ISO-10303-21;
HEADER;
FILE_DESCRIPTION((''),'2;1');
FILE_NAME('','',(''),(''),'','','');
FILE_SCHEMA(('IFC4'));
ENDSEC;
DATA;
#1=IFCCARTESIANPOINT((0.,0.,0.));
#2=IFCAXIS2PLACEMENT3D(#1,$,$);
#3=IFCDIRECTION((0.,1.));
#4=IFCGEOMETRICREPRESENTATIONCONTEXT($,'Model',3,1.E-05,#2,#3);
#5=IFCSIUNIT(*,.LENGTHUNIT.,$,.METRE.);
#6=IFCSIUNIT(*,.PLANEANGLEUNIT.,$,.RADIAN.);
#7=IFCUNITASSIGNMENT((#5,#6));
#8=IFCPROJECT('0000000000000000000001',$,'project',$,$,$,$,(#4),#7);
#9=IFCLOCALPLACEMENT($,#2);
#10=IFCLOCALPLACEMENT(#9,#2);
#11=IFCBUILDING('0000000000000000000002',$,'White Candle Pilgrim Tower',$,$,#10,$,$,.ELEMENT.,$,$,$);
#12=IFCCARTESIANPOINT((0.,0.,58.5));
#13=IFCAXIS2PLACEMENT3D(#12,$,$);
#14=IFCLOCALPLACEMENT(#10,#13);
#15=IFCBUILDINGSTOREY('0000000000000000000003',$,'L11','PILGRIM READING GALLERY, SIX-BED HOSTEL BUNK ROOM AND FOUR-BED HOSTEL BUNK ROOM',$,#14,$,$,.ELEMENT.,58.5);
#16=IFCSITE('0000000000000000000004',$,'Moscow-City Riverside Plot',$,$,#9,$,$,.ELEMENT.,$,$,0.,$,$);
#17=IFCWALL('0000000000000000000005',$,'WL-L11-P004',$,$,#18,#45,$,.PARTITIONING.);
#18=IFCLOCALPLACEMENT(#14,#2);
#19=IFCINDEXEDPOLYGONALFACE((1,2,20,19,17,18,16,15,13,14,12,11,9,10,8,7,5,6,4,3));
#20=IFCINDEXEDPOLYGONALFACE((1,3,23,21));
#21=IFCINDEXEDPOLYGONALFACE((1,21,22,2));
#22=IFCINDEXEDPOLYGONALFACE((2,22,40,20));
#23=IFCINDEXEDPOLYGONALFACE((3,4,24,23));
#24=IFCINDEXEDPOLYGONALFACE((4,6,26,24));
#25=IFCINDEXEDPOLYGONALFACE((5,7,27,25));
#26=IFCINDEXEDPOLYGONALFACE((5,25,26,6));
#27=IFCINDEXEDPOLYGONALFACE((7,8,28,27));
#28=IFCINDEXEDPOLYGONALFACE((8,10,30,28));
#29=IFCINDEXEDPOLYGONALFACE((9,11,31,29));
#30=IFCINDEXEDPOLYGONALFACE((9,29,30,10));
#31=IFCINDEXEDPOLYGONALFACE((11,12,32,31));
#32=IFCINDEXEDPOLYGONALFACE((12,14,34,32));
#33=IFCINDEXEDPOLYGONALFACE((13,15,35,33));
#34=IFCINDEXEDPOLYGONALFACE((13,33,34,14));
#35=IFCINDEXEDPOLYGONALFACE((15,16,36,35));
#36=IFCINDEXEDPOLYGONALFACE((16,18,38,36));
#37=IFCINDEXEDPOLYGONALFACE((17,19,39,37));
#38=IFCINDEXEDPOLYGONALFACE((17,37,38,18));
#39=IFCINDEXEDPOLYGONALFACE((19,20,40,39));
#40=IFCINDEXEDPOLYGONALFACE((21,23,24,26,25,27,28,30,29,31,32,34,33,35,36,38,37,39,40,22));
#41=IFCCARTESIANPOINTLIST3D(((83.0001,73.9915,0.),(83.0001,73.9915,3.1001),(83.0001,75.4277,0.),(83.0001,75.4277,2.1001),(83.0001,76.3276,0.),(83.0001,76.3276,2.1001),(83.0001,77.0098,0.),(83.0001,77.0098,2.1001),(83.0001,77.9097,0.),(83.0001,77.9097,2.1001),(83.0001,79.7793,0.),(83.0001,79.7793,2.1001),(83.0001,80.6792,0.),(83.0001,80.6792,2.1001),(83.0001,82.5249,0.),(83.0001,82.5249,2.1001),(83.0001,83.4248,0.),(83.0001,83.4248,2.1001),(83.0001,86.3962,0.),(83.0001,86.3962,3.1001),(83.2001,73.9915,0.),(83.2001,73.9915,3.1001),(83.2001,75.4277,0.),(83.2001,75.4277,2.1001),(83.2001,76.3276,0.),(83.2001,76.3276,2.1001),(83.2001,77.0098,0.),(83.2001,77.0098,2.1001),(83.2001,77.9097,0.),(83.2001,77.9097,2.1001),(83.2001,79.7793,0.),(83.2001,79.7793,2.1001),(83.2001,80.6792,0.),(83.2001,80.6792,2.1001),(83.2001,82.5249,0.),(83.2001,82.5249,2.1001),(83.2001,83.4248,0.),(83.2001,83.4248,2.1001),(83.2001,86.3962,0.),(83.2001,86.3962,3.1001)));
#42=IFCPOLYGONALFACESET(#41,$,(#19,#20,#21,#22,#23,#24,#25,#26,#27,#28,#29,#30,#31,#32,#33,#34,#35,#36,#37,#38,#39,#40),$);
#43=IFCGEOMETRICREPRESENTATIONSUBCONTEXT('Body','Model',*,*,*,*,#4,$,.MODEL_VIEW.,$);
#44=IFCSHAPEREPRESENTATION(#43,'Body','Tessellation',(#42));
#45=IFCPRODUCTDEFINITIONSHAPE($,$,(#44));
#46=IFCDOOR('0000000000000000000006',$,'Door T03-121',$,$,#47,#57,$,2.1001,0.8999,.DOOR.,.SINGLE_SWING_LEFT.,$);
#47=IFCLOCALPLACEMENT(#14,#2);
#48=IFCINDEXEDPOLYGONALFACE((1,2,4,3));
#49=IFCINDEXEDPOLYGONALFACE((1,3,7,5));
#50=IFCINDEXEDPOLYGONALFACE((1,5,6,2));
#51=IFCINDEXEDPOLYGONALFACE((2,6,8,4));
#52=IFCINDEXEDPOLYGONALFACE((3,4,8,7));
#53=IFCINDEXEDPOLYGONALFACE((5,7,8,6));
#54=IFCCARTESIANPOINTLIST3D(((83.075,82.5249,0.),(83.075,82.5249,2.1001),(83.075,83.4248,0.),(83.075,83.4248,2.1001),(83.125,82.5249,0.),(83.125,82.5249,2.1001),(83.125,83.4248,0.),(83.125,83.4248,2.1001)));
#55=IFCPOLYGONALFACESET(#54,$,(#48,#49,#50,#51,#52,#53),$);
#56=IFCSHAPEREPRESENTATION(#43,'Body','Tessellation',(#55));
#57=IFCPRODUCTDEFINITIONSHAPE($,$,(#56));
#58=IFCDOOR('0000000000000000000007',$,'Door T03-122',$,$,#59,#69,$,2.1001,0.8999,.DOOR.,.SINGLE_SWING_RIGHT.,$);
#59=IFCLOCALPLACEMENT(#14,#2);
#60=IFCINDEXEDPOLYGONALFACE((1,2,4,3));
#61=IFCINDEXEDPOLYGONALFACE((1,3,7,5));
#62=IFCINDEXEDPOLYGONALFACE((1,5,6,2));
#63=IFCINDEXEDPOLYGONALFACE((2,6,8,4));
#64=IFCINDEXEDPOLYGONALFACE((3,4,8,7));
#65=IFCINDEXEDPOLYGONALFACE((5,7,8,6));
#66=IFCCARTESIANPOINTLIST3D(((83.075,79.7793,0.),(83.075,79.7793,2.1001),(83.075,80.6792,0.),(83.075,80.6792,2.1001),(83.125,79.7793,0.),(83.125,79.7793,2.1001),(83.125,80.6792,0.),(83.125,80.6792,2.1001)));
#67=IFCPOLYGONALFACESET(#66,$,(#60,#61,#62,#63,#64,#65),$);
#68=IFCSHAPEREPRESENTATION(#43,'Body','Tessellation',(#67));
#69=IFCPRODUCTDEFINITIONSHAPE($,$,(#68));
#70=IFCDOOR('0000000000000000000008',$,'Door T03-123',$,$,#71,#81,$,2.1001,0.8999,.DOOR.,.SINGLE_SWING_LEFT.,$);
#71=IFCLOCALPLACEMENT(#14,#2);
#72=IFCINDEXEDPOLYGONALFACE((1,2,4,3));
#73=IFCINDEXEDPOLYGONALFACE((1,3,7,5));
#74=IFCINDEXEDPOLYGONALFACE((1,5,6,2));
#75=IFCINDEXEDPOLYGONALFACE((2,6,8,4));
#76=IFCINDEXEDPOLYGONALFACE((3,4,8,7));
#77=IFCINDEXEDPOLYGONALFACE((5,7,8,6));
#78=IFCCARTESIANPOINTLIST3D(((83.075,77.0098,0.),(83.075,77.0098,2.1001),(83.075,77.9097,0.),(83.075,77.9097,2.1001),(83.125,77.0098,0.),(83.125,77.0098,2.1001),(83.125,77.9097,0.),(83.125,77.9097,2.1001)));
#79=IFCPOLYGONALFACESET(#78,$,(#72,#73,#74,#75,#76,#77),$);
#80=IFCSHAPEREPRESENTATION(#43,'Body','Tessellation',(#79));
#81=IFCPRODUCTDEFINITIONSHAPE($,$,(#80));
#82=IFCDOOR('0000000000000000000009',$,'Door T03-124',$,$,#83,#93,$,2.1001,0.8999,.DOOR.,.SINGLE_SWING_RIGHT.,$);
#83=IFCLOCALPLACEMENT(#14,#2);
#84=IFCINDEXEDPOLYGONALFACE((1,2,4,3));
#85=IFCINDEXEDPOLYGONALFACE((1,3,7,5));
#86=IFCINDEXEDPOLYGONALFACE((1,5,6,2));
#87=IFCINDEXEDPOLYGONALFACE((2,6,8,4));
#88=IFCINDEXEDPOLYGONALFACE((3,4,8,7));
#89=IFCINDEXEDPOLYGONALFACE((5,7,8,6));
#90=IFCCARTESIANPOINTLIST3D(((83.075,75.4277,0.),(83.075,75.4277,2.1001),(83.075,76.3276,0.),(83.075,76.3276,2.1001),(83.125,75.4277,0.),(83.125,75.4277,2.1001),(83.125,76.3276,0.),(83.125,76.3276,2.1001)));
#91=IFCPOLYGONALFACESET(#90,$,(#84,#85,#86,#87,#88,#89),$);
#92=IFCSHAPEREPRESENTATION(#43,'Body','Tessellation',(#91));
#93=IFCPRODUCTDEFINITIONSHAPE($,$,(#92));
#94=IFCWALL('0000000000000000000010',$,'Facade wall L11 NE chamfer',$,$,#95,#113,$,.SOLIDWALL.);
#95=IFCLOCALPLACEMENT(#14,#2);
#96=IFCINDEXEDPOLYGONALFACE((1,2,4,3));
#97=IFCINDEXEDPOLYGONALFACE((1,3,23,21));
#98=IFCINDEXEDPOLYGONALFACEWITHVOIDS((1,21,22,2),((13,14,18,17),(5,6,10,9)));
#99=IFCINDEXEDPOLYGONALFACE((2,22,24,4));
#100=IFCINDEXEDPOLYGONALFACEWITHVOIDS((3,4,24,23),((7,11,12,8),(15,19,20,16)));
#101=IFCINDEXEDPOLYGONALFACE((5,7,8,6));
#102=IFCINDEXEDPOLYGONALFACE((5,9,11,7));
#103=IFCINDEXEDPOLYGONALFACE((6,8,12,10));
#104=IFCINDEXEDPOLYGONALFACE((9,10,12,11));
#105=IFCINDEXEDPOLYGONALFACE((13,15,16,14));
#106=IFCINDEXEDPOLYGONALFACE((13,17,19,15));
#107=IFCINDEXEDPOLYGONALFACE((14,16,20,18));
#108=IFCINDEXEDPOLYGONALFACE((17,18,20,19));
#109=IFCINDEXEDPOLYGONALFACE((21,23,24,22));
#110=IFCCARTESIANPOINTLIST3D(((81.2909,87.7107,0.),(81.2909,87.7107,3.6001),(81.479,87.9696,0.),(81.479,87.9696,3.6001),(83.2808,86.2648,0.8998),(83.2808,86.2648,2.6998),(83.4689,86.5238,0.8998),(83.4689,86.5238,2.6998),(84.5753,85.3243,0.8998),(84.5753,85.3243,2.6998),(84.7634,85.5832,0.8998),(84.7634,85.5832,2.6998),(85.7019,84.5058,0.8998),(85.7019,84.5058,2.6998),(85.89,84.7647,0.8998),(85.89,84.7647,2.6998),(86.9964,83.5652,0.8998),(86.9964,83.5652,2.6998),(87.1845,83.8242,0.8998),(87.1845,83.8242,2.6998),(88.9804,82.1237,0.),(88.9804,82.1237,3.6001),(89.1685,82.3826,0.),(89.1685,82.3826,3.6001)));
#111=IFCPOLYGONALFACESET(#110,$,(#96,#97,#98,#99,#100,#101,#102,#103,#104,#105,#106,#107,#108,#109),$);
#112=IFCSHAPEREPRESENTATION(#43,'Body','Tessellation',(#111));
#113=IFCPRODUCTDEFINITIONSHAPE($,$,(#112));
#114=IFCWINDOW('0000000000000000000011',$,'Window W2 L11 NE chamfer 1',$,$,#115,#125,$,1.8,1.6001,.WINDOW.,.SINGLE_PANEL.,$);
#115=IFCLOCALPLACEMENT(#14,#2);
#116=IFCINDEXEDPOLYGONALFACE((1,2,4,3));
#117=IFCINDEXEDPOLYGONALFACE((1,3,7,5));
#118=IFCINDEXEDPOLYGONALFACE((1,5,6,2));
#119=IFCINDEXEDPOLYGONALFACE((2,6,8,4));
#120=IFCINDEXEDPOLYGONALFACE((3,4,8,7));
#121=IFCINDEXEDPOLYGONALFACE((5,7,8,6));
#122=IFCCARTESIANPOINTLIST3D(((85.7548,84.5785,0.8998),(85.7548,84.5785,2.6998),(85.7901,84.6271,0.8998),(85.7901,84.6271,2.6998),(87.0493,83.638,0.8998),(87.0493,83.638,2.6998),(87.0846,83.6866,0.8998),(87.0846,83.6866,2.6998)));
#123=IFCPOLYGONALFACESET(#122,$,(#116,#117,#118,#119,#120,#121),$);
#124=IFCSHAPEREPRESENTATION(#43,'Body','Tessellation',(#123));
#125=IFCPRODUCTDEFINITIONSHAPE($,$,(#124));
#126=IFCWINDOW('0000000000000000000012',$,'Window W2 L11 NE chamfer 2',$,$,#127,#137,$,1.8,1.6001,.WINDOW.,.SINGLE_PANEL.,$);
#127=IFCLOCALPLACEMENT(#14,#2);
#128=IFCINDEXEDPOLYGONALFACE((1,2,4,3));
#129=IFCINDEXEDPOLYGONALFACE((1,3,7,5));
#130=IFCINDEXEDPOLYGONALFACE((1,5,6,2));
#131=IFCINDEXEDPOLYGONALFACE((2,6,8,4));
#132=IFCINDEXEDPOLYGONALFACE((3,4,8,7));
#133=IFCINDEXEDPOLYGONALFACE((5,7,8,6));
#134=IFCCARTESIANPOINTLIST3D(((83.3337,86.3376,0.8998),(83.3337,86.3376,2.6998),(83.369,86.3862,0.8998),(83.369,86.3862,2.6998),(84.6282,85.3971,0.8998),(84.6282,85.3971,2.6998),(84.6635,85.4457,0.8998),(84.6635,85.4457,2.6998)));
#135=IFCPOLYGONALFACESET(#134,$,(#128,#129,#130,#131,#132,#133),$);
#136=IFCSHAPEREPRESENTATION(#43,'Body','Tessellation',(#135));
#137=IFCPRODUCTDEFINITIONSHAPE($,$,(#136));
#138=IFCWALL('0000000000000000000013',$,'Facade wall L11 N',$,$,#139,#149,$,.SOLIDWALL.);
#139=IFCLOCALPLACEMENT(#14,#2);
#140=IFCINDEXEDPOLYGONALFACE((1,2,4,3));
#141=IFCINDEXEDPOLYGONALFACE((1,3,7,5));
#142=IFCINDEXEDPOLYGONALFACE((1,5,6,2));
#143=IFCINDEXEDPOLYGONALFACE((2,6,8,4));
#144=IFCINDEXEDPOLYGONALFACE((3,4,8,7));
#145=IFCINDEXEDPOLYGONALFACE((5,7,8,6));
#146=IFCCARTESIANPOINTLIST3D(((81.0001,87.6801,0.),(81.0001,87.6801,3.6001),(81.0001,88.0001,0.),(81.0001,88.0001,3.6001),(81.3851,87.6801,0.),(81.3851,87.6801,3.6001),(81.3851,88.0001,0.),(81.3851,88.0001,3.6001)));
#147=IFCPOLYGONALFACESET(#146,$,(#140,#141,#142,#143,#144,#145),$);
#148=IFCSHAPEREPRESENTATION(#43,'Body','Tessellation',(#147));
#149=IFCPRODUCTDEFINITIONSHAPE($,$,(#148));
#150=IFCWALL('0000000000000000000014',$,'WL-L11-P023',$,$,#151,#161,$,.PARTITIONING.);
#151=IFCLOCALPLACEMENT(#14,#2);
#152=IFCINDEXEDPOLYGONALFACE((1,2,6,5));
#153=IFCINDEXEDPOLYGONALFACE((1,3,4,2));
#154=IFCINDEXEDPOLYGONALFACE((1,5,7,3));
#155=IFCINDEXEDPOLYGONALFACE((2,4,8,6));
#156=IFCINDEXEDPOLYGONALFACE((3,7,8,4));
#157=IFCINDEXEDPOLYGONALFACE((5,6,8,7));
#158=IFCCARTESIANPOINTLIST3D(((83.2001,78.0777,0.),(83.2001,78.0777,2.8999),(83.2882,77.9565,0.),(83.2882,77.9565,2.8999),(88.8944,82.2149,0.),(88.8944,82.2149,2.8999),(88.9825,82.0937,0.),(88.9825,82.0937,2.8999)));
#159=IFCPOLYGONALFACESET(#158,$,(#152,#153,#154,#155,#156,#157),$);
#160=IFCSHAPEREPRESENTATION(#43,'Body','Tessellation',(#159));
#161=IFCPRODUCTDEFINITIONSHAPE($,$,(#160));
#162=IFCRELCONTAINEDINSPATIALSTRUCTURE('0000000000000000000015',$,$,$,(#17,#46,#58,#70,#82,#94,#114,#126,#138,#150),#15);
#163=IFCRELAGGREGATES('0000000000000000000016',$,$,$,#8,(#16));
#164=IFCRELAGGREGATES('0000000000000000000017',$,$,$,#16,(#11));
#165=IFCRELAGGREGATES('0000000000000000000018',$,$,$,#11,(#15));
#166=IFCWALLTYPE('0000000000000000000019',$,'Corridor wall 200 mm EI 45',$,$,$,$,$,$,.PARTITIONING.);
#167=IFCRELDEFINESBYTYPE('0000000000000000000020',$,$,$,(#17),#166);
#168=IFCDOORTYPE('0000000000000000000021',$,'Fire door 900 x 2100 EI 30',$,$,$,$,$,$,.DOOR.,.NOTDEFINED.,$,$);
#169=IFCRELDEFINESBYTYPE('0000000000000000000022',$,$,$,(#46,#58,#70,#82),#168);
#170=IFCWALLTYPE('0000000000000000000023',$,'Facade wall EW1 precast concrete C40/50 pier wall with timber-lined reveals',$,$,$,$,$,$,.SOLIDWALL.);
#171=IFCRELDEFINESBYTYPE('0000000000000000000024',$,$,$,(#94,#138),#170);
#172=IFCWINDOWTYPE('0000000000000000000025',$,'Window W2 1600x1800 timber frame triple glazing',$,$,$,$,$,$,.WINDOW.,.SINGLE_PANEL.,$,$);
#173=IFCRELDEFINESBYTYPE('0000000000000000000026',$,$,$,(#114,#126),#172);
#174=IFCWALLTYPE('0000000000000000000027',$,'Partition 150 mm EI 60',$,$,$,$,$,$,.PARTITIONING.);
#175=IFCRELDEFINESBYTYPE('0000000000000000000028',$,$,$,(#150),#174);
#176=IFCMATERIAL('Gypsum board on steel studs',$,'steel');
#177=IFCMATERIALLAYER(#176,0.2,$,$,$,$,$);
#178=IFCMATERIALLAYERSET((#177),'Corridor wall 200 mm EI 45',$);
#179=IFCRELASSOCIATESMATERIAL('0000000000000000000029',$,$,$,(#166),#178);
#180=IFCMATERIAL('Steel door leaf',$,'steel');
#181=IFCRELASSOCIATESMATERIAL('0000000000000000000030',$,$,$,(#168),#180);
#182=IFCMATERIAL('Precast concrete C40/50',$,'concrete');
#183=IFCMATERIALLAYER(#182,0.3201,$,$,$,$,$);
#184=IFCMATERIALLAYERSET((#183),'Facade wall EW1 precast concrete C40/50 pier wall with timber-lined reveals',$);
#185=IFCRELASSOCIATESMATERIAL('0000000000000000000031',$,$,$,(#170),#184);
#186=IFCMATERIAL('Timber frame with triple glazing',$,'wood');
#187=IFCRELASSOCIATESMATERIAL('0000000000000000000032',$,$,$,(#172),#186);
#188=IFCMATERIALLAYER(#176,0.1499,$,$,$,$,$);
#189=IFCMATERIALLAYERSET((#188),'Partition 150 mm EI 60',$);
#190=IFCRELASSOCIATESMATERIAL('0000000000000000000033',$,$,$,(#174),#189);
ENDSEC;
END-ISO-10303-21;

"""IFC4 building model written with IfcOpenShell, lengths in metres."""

from ifc_helpers import new_model, si_unit, direction, frame, frame_2d, origin, place, context, subcontext, project, spatial, rectangle, extrude, material, layer, layer_set, type_object, element, fill, save


model = new_model("IFC4")

# Units and contexts
model_context = context("Model", 3, precision=1e-05, world=origin(), true_north=direction((0.0, 1.0)))
body_context = subcontext(model_context, "Body", "Model", "MODEL_VIEW")
ifc_project = project(units=[si_unit("LENGTHUNIT", "METRE"), si_unit("PLANEANGLEUNIT", "RADIAN")], contexts=[model_context])

# Site, building, storey
site_placement = place(None, origin())
site = spatial("IfcSite", under=ifc_project, at=site_placement, Name="Moscow-City Riverside Plot", CompositionType="ELEMENT", RefElevation=0.0)
building_placement = place(site_placement, origin())
building = spatial("IfcBuilding", under=site, at=building_placement, Name="White Candle Pilgrim Tower", CompositionType="ELEMENT")
storey_placement = place(building_placement, frame((0.0, 0.0, 58.5)))
storey = spatial("IfcBuildingStorey", under=building, at=storey_placement, Name="L11", Description="PILGRIM READING GALLERY, SIX-BED HOSTEL BUNK ROOM AND FOUR-BED HOSTEL BUNK ROOM", CompositionType="ELEMENT", Elevation=58.5)

# Shared definitions
ifc_material_1 = material(Name="Steel door leaf", Category="steel")

# Wall, openings, doors
ifc_material_2 = material(Name="Gypsum board on steel studs", Category="steel")
ifc_layer_1 = layer(ifc_material_2, 0.2)
ifc_layer_set_1 = layer_set([ifc_layer_1], Name="Corridor wall 200 mm EI 45")
wall_type_1 = type_object("IfcWallType", Name="Corridor wall 200 mm EI 45", PredefinedType="PARTITIONING", material=ifc_layer_set_1)
wall_1_placement = place(storey_placement, frame((83.1001, 86.3962, 0.0), z_axis=(0.0, 0.0, 1.0), x_axis=(0.0, -1.0, 0.0)))
wall_1 = element("IfcWall", 1, at=wall_1_placement, inside=storey, type_object=wall_type_1, Name="WL-L11-P004", PredefinedType="PARTITIONING", context=body_context, shape_type="SweptSolid", body=[
    extrude(rectangle(XDim=12.4048, YDim=0.2, at=frame_2d((6.2024, 0.0))), origin(), (0.0, 0.0, 1.0), 3.1001),
])
opening_1_placement = place(wall_1_placement, frame((2.9714, 0.0, 0.0)))
opening_1 = element("IfcOpeningElement", 2, at=opening_1_placement, cuts=wall_1, PredefinedType="OPENING", context=body_context, shape_type="SweptSolid", body=[
    extrude(rectangle(XDim=0.8999, YDim=2.1001, at=frame_2d((0.45, 1.05))), frame((0.0, 0.1099, 0.0), z_axis=(0.0, -1.0, 0.0), x_axis=(1.0, 0.0, 0.0)), (0.0, 0.0, 1.0), 0.22),
])
opening_2_placement = place(wall_1_placement, frame((5.717, 0.0, 0.0)))
opening_2 = element("IfcOpeningElement", 3, at=opening_2_placement, cuts=wall_1, PredefinedType="OPENING", context=body_context, shape_type="SweptSolid", body=[
    extrude(rectangle(XDim=0.8999, YDim=2.1001, at=frame_2d((0.45, 1.05))), frame((0.0, 0.1099, 0.0), z_axis=(0.0, -1.0, 0.0), x_axis=(1.0, 0.0, 0.0)), (0.0, 0.0, 1.0), 0.22),
])
opening_3_placement = place(wall_1_placement, frame((8.4866, 0.0, 0.0)))
opening_3 = element("IfcOpeningElement", 4, at=opening_3_placement, cuts=wall_1, PredefinedType="OPENING", context=body_context, shape_type="SweptSolid", body=[
    extrude(rectangle(XDim=0.8999, YDim=2.1001, at=frame_2d((0.45, 1.05))), frame((0.0, 0.1099, 0.0), z_axis=(0.0, -1.0, 0.0), x_axis=(1.0, 0.0, 0.0)), (0.0, 0.0, 1.0), 0.22),
])
opening_4_placement = place(wall_1_placement, frame((10.0686, 0.0, 0.0)))
opening_4 = element("IfcOpeningElement", 5, at=opening_4_placement, cuts=wall_1, PredefinedType="OPENING", context=body_context, shape_type="SweptSolid", body=[
    extrude(rectangle(XDim=0.8999, YDim=2.1001, at=frame_2d((0.45, 1.05))), frame((0.0, 0.1099, 0.0), z_axis=(0.0, -1.0, 0.0), x_axis=(1.0, 0.0, 0.0)), (0.0, 0.0, 1.0), 0.22),
])
door_type_1 = type_object("IfcDoorType", Name="Fire door 900 x 2100 EI 30", OperationType="NOTDEFINED", PredefinedType="DOOR", material=ifc_material_1)
door_1_placement = place(opening_1_placement, origin())
door_1 = element("IfcDoor", 6, at=door_1_placement, inside=storey, type_object=door_type_1, Name="Door T03-121", OperationType="SINGLE_SWING_LEFT", OverallHeight=2.1001, OverallWidth=0.8999, PredefinedType="DOOR", context=body_context, shape_type="SweptSolid", body=[
    extrude(rectangle(XDim=0.8999, YDim=2.1001, at=frame_2d((0.45, 1.05))), frame((0.0, 0.0249, 0.0), z_axis=(0.0, -1.0, 0.0), x_axis=(1.0, 0.0, 0.0)), (0.0, 0.0, 1.0), 0.05),
])
fill(opening_1, door_1)
door_2_placement = place(opening_2_placement, origin())
door_2 = element("IfcDoor", 7, at=door_2_placement, inside=storey, type_object=door_type_1, Name="Door T03-122", OperationType="SINGLE_SWING_RIGHT", OverallHeight=2.1001, OverallWidth=0.8999, PredefinedType="DOOR", context=body_context, shape_type="SweptSolid", body=[
    extrude(rectangle(XDim=0.8999, YDim=2.1001, at=frame_2d((0.45, 1.05))), frame((0.0, 0.0249, 0.0), z_axis=(0.0, -1.0, 0.0), x_axis=(1.0, 0.0, 0.0)), (0.0, 0.0, 1.0), 0.05),
])
fill(opening_2, door_2)
door_3_placement = place(opening_3_placement, origin())
door_3 = element("IfcDoor", 8, at=door_3_placement, inside=storey, type_object=door_type_1, Name="Door T03-123", OperationType="SINGLE_SWING_LEFT", OverallHeight=2.1001, OverallWidth=0.8999, PredefinedType="DOOR", context=body_context, shape_type="SweptSolid", body=[
    extrude(rectangle(XDim=0.8999, YDim=2.1001, at=frame_2d((0.45, 1.05))), frame((0.0, 0.0249, 0.0), z_axis=(0.0, -1.0, 0.0), x_axis=(1.0, 0.0, 0.0)), (0.0, 0.0, 1.0), 0.05),
])
fill(opening_3, door_3)
door_4_placement = place(opening_4_placement, origin())
door_4 = element("IfcDoor", 9, at=door_4_placement, inside=storey, type_object=door_type_1, Name="Door T03-124", OperationType="SINGLE_SWING_RIGHT", OverallHeight=2.1001, OverallWidth=0.8999, PredefinedType="DOOR", context=body_context, shape_type="SweptSolid", body=[
    extrude(rectangle(XDim=0.8999, YDim=2.1001, at=frame_2d((0.45, 1.05))), frame((0.0, 0.0249, 0.0), z_axis=(0.0, -1.0, 0.0), x_axis=(1.0, 0.0, 0.0)), (0.0, 0.0, 1.0), 0.05),
])
fill(opening_4, door_4)

# Wall, openings, windows
ifc_material_3 = material(Name="Precast concrete C40/50", Category="concrete")
ifc_layer_2 = layer(ifc_material_3, 0.3201)
ifc_layer_set_2 = layer_set([ifc_layer_2], Name="Facade wall EW1 precast concrete C40/50 pier wall with timber-lined reveals")
wall_type_2 = type_object("IfcWallType", Name="Facade wall EW1 precast concrete C40/50 pier wall with timber-lined reveals", PredefinedType="SOLIDWALL", material=ifc_layer_set_2)
wall_2_placement = place(storey_placement, frame((89.0745, 82.2532, 0.0), z_axis=(0.0, 0.0, 1.0), x_axis=(-0.809007, 0.587799, 0.0)))
wall_2 = element("IfcWall", 10, at=wall_2_placement, inside=storey, type_object=wall_type_2, Name="Facade wall L11 NE chamfer", PredefinedType="SOLIDWALL", context=body_context, shape_type="SweptSolid", body=[
    extrude(rectangle(XDim=9.5049, YDim=0.3201, at=frame_2d((4.7524, 0.0))), origin(), (0.0, 0.0, 1.0), 3.6001),
])
opening_5_placement = place(wall_2_placement, frame((2.4524, 0.0, 0.8999)))
opening_5 = element("IfcOpeningElement", 11, at=opening_5_placement, cuts=wall_2, PredefinedType="OPENING", context=body_context, shape_type="SweptSolid", body=[
    extrude(rectangle(XDim=1.6001, YDim=1.8, at=frame_2d((0.8, 0.8999))), frame((0.0, 0.1699, 0.0), z_axis=(0.0, -1.0, 0.0), x_axis=(1.0, 0.0, 0.0)), (0.0, 0.0, 1.0), 0.3401),
])
opening_6_placement = place(wall_2_placement, frame((5.4451, 0.0, 0.8999)))
opening_6 = element("IfcOpeningElement", 12, at=opening_6_placement, cuts=wall_2, PredefinedType="OPENING", context=body_context, shape_type="SweptSolid", body=[
    extrude(rectangle(XDim=1.6001, YDim=1.8, at=frame_2d((0.8, 0.8999))), frame((0.0, 0.1699, 0.0), z_axis=(0.0, -1.0, 0.0), x_axis=(1.0, 0.0, 0.0)), (0.0, 0.0, 1.0), 0.3401),
])
ifc_material_4 = material(Name="Timber frame with triple glazing", Category="wood")
window_type = type_object("IfcWindowType", Name="Window W2 1600x1800 timber frame triple glazing", PartitioningType="SINGLE_PANEL", PredefinedType="WINDOW", material=ifc_material_4)
window_1_placement = place(opening_5_placement, origin())
window_1 = element("IfcWindow", 13, at=window_1_placement, inside=storey, type_object=window_type, Name="Window W2 L11 NE chamfer 1", OverallHeight=1.8, OverallWidth=1.6001, PartitioningType="SINGLE_PANEL", PredefinedType="WINDOW", context=body_context, shape_type="SweptSolid", body=[
    extrude(rectangle(XDim=1.6001, YDim=1.8, at=frame_2d((0.8, 0.8999))), frame((0.0, 0.0701, 0.0), z_axis=(0.0, -1.0, 0.0), x_axis=(1.0, 0.0, 0.0)), (0.0, 0.0, 1.0), 0.0601),
])
fill(opening_5, window_1)
window_2_placement = place(opening_6_placement, origin())
window_2 = element("IfcWindow", 14, at=window_2_placement, inside=storey, type_object=window_type, Name="Window W2 L11 NE chamfer 2", OverallHeight=1.8, OverallWidth=1.6001, PartitioningType="SINGLE_PANEL", PredefinedType="WINDOW", context=body_context, shape_type="SweptSolid", body=[
    extrude(rectangle(XDim=1.6001, YDim=1.8, at=frame_2d((0.8, 0.8999))), frame((0.0, 0.0701, 0.0), z_axis=(0.0, -1.0, 0.0), x_axis=(1.0, 0.0, 0.0)), (0.0, 0.0, 1.0), 0.0601),
])
fill(opening_6, window_2)

# Walls
wall_3_placement = place(storey_placement, frame((81.385, 87.8401, 0.0), z_axis=(0.0, 0.0, 1.0), x_axis=(-1.0, 0.0, 0.0)))
element("IfcWall", 15, at=wall_3_placement, inside=storey, type_object=wall_type_2, Name="Facade wall L11 N", PredefinedType="SOLIDWALL", context=body_context, shape_type="SweptSolid", body=[
    extrude(rectangle(XDim=0.385, YDim=0.3201, at=frame_2d((0.1924, 0.0))), origin(), (0.0, 0.0, 1.0), 3.6001),
])
ifc_layer_3 = layer(ifc_material_2, 0.1499)
ifc_layer_set_3 = layer_set([ifc_layer_3], Name="Partition 150 mm EI 60")
wall_type_3 = type_object("IfcWallType", Name="Partition 150 mm EI 60", PredefinedType="PARTITIONING", material=ifc_layer_set_3)
wall_4_placement = place(storey_placement, frame((88.9385, 82.1543, 0.0), z_axis=(0.0, 0.0, 1.0), x_axis=(-0.809015, -0.587788, 0.0)))
element("IfcWall", 16, at=wall_4_placement, inside=storey, type_object=wall_type_3, Name="WL-L11-P023", PredefinedType="PARTITIONING", context=body_context, shape_type="SweptSolid", body=[
    extrude(rectangle(XDim=7.0386, YDim=0.1499, at=frame_2d((3.5193, 0.0))), origin(), (0.0, 0.0, 1.0), 2.8999),
])

save(model, "model.ifc")
